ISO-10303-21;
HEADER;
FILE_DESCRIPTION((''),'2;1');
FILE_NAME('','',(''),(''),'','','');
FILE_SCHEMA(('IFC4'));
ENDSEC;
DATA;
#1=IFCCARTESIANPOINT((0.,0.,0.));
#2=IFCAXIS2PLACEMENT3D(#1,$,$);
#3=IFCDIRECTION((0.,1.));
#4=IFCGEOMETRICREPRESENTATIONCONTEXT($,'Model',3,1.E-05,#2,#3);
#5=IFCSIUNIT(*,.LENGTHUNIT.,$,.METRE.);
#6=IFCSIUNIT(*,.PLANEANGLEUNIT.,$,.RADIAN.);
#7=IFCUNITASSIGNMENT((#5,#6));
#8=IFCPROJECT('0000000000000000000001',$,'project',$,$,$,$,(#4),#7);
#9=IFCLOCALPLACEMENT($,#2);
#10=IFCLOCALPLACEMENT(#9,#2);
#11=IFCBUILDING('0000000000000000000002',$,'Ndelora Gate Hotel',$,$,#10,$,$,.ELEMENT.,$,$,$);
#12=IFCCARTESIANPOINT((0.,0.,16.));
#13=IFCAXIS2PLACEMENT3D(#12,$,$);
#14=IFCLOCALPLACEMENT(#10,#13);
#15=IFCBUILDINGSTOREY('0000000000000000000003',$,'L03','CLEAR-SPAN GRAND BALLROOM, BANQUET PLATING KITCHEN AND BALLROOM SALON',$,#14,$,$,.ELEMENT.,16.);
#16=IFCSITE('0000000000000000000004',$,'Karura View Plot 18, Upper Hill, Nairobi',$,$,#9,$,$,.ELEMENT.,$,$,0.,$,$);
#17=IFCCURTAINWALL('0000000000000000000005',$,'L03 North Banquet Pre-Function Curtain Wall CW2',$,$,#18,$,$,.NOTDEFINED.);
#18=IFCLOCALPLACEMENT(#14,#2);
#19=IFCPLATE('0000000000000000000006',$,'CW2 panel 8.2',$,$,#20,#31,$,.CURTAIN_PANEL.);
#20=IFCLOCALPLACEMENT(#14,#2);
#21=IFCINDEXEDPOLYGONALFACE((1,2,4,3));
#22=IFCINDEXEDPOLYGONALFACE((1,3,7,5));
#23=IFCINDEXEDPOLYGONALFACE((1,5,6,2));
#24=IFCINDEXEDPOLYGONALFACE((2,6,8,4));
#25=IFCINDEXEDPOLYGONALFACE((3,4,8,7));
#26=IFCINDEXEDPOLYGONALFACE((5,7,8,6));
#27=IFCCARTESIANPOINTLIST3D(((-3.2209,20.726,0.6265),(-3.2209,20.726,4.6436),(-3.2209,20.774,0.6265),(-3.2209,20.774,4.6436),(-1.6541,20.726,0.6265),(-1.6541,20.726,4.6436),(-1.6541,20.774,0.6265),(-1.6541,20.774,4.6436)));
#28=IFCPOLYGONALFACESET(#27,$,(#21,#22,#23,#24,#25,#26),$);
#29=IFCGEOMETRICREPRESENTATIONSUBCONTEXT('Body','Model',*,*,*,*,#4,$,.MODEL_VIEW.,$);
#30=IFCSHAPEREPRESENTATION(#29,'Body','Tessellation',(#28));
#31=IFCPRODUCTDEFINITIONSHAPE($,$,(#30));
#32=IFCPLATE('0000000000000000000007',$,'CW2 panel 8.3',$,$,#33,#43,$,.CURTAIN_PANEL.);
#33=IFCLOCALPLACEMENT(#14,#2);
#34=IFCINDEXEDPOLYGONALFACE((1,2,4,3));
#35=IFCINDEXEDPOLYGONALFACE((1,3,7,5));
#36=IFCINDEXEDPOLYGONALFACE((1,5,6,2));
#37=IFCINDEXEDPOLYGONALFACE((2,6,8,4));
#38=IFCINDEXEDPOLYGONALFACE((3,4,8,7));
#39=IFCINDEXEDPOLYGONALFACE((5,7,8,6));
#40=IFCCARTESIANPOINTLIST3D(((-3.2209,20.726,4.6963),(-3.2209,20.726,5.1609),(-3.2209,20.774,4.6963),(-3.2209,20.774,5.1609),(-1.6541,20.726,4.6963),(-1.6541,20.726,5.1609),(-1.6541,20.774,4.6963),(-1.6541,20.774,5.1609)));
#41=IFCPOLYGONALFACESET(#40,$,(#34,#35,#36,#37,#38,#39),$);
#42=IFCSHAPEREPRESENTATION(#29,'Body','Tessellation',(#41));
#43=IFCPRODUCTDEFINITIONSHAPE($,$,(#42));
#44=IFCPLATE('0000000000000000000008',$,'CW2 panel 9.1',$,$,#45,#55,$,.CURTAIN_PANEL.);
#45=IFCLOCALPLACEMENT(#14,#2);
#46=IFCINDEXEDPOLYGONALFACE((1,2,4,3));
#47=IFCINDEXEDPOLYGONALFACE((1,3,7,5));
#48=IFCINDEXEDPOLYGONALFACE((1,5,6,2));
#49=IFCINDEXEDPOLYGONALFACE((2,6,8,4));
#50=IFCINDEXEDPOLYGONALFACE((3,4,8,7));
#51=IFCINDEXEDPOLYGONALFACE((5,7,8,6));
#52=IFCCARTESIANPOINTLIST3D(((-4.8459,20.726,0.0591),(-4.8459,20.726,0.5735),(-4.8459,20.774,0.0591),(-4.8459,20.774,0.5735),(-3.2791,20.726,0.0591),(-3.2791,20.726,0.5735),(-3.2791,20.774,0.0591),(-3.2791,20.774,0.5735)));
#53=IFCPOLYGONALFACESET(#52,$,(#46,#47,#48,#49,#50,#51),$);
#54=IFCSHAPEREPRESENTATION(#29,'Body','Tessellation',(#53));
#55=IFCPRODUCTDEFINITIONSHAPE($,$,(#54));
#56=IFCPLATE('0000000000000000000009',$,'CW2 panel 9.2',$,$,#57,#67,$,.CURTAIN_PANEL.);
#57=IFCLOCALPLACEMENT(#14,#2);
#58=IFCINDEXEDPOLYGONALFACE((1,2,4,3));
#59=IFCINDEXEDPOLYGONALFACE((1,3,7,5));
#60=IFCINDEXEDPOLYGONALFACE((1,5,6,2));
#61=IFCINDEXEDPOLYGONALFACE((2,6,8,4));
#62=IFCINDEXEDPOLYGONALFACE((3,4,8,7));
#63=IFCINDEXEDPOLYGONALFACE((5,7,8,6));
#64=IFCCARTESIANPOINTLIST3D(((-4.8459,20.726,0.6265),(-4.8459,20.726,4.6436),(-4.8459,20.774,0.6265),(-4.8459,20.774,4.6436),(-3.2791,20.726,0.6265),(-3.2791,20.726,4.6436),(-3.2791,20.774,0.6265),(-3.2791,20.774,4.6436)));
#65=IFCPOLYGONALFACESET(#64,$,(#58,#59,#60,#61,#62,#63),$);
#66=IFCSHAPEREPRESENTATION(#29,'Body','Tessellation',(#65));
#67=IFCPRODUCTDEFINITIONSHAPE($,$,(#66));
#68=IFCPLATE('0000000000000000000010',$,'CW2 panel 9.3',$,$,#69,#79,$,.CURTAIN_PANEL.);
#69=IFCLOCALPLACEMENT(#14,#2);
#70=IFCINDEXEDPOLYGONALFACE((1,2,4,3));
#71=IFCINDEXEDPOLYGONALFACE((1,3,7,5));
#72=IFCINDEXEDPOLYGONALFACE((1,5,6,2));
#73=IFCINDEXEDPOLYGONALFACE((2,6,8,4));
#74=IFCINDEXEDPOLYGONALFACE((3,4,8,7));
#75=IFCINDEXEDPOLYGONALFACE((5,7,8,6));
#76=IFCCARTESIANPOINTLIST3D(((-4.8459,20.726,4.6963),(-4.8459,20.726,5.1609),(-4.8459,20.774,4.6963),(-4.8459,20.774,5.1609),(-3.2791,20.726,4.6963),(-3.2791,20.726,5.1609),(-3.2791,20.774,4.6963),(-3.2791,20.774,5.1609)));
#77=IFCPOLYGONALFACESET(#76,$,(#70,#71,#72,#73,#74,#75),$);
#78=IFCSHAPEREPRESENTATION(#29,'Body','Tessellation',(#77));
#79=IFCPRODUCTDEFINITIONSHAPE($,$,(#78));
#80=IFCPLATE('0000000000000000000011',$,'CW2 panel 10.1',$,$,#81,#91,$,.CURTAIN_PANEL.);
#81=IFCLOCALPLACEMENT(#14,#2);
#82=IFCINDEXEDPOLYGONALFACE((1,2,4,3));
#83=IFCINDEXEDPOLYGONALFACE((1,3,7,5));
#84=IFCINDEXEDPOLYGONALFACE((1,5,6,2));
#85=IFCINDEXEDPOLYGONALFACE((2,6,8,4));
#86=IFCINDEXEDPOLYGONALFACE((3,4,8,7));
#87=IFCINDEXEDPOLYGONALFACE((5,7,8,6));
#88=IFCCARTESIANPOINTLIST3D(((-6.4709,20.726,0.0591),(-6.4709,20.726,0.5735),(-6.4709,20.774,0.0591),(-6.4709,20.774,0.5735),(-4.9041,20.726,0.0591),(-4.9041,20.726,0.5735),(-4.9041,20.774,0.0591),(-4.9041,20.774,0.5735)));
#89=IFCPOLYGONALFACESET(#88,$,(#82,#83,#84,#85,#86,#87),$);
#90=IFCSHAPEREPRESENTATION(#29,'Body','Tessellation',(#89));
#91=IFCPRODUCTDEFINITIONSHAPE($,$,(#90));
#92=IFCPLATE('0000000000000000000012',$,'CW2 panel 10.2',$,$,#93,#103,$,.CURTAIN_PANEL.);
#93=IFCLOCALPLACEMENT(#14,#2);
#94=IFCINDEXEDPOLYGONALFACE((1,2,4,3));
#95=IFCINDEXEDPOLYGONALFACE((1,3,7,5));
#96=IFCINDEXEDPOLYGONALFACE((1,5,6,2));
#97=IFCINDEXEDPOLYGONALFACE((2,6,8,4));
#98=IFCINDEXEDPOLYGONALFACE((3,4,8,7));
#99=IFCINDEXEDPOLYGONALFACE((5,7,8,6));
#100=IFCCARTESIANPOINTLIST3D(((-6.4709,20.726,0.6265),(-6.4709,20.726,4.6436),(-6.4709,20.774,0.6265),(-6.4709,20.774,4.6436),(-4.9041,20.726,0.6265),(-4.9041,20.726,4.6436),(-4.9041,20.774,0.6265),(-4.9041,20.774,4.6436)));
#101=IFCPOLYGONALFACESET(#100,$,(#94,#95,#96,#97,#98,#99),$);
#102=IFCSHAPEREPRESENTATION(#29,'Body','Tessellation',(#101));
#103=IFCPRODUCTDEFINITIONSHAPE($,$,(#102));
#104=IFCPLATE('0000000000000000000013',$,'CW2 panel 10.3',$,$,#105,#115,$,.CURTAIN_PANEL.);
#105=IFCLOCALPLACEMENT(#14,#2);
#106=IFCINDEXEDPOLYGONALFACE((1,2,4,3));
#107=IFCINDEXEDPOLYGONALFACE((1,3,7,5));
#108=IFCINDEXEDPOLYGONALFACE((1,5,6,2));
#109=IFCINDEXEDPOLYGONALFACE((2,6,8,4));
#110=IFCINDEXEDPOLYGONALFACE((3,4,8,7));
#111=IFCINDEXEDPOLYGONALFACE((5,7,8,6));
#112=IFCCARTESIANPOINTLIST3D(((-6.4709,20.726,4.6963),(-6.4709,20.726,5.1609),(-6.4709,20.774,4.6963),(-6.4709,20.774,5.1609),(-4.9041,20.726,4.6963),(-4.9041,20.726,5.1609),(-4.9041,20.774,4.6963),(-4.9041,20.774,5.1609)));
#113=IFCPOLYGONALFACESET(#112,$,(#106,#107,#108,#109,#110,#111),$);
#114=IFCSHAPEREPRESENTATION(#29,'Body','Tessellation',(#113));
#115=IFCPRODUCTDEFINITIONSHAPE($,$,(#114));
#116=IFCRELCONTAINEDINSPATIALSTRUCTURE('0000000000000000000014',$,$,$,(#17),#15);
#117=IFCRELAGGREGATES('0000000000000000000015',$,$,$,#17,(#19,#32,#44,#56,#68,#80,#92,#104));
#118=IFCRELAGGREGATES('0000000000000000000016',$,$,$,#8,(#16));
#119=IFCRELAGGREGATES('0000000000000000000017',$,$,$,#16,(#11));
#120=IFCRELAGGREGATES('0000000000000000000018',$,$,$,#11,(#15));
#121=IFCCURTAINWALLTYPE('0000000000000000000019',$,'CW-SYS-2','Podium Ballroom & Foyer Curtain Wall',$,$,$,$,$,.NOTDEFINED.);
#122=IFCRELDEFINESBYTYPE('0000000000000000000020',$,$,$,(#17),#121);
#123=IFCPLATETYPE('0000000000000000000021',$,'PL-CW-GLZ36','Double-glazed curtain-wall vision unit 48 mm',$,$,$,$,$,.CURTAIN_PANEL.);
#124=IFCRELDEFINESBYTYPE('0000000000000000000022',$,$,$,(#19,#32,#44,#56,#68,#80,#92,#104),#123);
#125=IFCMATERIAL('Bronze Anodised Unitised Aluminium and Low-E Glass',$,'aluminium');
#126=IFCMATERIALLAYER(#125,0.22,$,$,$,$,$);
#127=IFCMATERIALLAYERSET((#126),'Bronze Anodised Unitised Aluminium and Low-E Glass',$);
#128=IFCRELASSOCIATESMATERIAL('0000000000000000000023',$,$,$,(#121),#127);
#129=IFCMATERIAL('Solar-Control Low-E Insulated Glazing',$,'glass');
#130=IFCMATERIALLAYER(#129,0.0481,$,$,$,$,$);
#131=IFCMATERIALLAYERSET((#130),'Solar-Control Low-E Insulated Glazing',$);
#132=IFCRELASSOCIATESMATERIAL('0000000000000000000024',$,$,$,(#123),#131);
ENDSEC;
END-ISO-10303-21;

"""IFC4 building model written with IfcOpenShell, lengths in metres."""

from ifc_helpers import new_model, si_unit, direction, frame, origin, origin_2d, place, context, subcontext, project, spatial, rectangle, extrude, material, layer, layer_set, type_object, element, aggregate, save


model = new_model("IFC4")

# Units and contexts
model_context = context("Model", 3, precision=1e-05, world=origin(), true_north=direction((0.0, 1.0)))
body_context = subcontext(model_context, "Body", "Model", "MODEL_VIEW")
ifc_project = project(units=[si_unit("LENGTHUNIT", "METRE"), si_unit("PLANEANGLEUNIT", "RADIAN")], contexts=[model_context])

# Site, building, storey
site_placement = place(None, origin())
site = spatial("IfcSite", under=ifc_project, at=site_placement, Name="Karura View Plot 18, Upper Hill, Nairobi", CompositionType="ELEMENT", RefElevation=0.0)
building_placement = place(site_placement, origin())
building = spatial("IfcBuilding", under=site, at=building_placement, Name="Ndelora Gate Hotel", CompositionType="ELEMENT")
storey_placement = place(building_placement, frame((0.0, 0.0, 16.0)))
storey = spatial("IfcBuildingStorey", under=building, at=storey_placement, Name="L03", Description="CLEAR-SPAN GRAND BALLROOM, BANQUET PLATING KITCHEN AND BALLROOM SALON", CompositionType="ELEMENT", Elevation=16.0)

# Curtain wall, plates
ifc_material_1 = material(Name="Bronze Anodised Unitised Aluminium and Low-E Glass", Category="aluminium")
ifc_layer_1 = layer(ifc_material_1, 0.22)
ifc_layer_set_1 = layer_set([ifc_layer_1], Name="Bronze Anodised Unitised Aluminium and Low-E Glass")
curtain_wall_type = type_object("IfcCurtainWallType", Name="CW-SYS-2", Description="Podium Ballroom & Foyer Curtain Wall", PredefinedType="NOTDEFINED", material=ifc_layer_set_1)
curtain_wall_placement = place(storey_placement, origin())
curtain_wall = element("IfcCurtainWall", 1, at=curtain_wall_placement, inside=storey, type_object=curtain_wall_type, Name="L03 North Banquet Pre-Function Curtain Wall CW2", PredefinedType="NOTDEFINED")
ifc_material_2 = material(Name="Solar-Control Low-E Insulated Glazing", Category="glass")
ifc_layer_2 = layer(ifc_material_2, 0.0481)
ifc_layer_set_2 = layer_set([ifc_layer_2], Name="Solar-Control Low-E Insulated Glazing")
plate_type = type_object("IfcPlateType", Name="PL-CW-GLZ36", Description="Double-glazed curtain-wall vision unit 48 mm", PredefinedType="CURTAIN_PANEL", material=ifc_layer_set_2)
plate_1_placement = place(storey_placement, frame((-2.4375, 20.75, 0.6265), z_axis=(0.0, 0.0, 1.0), x_axis=(-1.0, 0.0, 0.0)))
plate_1 = element("IfcPlate", 2, at=plate_1_placement, type_object=plate_type, Name="CW2 panel 8.2", PredefinedType="CURTAIN_PANEL", context=body_context, shape_type="SweptSolid", body=[
    extrude(rectangle(XDim=1.5669, YDim=0.0481, at=origin_2d()), origin(), (0.0, 0.0, 1.0), 4.0171),
])
plate_2_placement = place(storey_placement, frame((-2.4375, 20.75, 4.6963), z_axis=(0.0, 0.0, 1.0), x_axis=(-1.0, 0.0, 0.0)))
plate_2 = element("IfcPlate", 3, at=plate_2_placement, type_object=plate_type, Name="CW2 panel 8.3", PredefinedType="CURTAIN_PANEL", context=body_context, shape_type="SweptSolid", body=[
    extrude(rectangle(XDim=1.5669, YDim=0.0481, at=origin_2d()), origin(), (0.0, 0.0, 1.0), 0.4646),
])
plate_3_placement = place(storey_placement, frame((-4.0625, 20.75, 0.0591), z_axis=(0.0, 0.0, 1.0), x_axis=(-1.0, 0.0, 0.0)))
plate_3 = element("IfcPlate", 4, at=plate_3_placement, type_object=plate_type, Name="CW2 panel 9.1", PredefinedType="CURTAIN_PANEL", context=body_context, shape_type="SweptSolid", body=[
    extrude(rectangle(XDim=1.5669, YDim=0.0481, at=origin_2d()), origin(), (0.0, 0.0, 1.0), 0.5144),
])
plate_4_placement = place(storey_placement, frame((-4.0625, 20.75, 0.6265), z_axis=(0.0, 0.0, 1.0), x_axis=(-1.0, 0.0, 0.0)))
plate_4 = element("IfcPlate", 5, at=plate_4_placement, type_object=plate_type, Name="CW2 panel 9.2", PredefinedType="CURTAIN_PANEL", context=body_context, shape_type="SweptSolid", body=[
    extrude(rectangle(XDim=1.5669, YDim=0.0481, at=origin_2d()), origin(), (0.0, 0.0, 1.0), 4.0171),
])
plate_5_placement = place(storey_placement, frame((-4.0625, 20.75, 4.6963), z_axis=(0.0, 0.0, 1.0), x_axis=(-1.0, 0.0, 0.0)))
plate_5 = element("IfcPlate", 6, at=plate_5_placement, type_object=plate_type, Name="CW2 panel 9.3", PredefinedType="CURTAIN_PANEL", context=body_context, shape_type="SweptSolid", body=[
    extrude(rectangle(XDim=1.5669, YDim=0.0481, at=origin_2d()), origin(), (0.0, 0.0, 1.0), 0.4646),
])
plate_6_placement = place(storey_placement, frame((-5.6875, 20.75, 0.0591), z_axis=(0.0, 0.0, 1.0), x_axis=(-1.0, 0.0, 0.0)))
plate_6 = element("IfcPlate", 7, at=plate_6_placement, type_object=plate_type, Name="CW2 panel 10.1", PredefinedType="CURTAIN_PANEL", context=body_context, shape_type="SweptSolid", body=[
    extrude(rectangle(XDim=1.5669, YDim=0.0481, at=origin_2d()), origin(), (0.0, 0.0, 1.0), 0.5144),
])
plate_7_placement = place(storey_placement, frame((-5.6875, 20.75, 0.6265), z_axis=(0.0, 0.0, 1.0), x_axis=(-1.0, 0.0, 0.0)))
plate_7 = element("IfcPlate", 8, at=plate_7_placement, type_object=plate_type, Name="CW2 panel 10.2", PredefinedType="CURTAIN_PANEL", context=body_context, shape_type="SweptSolid", body=[
    extrude(rectangle(XDim=1.5669, YDim=0.0481, at=origin_2d()), origin(), (0.0, 0.0, 1.0), 4.0171),
])
plate_8_placement = place(storey_placement, frame((-5.6875, 20.75, 4.6963), z_axis=(0.0, 0.0, 1.0), x_axis=(-1.0, 0.0, 0.0)))
plate_8 = element("IfcPlate", 9, at=plate_8_placement, type_object=plate_type, Name="CW2 panel 10.3", PredefinedType="CURTAIN_PANEL", context=body_context, shape_type="SweptSolid", body=[
    extrude(rectangle(XDim=1.5669, YDim=0.0481, at=origin_2d()), origin(), (0.0, 0.0, 1.0), 0.4646),
])
aggregate(curtain_wall, [plate_1, plate_2, plate_3, plate_4, plate_5, plate_6, plate_7, plate_8])

save(model, "model.ifc")
